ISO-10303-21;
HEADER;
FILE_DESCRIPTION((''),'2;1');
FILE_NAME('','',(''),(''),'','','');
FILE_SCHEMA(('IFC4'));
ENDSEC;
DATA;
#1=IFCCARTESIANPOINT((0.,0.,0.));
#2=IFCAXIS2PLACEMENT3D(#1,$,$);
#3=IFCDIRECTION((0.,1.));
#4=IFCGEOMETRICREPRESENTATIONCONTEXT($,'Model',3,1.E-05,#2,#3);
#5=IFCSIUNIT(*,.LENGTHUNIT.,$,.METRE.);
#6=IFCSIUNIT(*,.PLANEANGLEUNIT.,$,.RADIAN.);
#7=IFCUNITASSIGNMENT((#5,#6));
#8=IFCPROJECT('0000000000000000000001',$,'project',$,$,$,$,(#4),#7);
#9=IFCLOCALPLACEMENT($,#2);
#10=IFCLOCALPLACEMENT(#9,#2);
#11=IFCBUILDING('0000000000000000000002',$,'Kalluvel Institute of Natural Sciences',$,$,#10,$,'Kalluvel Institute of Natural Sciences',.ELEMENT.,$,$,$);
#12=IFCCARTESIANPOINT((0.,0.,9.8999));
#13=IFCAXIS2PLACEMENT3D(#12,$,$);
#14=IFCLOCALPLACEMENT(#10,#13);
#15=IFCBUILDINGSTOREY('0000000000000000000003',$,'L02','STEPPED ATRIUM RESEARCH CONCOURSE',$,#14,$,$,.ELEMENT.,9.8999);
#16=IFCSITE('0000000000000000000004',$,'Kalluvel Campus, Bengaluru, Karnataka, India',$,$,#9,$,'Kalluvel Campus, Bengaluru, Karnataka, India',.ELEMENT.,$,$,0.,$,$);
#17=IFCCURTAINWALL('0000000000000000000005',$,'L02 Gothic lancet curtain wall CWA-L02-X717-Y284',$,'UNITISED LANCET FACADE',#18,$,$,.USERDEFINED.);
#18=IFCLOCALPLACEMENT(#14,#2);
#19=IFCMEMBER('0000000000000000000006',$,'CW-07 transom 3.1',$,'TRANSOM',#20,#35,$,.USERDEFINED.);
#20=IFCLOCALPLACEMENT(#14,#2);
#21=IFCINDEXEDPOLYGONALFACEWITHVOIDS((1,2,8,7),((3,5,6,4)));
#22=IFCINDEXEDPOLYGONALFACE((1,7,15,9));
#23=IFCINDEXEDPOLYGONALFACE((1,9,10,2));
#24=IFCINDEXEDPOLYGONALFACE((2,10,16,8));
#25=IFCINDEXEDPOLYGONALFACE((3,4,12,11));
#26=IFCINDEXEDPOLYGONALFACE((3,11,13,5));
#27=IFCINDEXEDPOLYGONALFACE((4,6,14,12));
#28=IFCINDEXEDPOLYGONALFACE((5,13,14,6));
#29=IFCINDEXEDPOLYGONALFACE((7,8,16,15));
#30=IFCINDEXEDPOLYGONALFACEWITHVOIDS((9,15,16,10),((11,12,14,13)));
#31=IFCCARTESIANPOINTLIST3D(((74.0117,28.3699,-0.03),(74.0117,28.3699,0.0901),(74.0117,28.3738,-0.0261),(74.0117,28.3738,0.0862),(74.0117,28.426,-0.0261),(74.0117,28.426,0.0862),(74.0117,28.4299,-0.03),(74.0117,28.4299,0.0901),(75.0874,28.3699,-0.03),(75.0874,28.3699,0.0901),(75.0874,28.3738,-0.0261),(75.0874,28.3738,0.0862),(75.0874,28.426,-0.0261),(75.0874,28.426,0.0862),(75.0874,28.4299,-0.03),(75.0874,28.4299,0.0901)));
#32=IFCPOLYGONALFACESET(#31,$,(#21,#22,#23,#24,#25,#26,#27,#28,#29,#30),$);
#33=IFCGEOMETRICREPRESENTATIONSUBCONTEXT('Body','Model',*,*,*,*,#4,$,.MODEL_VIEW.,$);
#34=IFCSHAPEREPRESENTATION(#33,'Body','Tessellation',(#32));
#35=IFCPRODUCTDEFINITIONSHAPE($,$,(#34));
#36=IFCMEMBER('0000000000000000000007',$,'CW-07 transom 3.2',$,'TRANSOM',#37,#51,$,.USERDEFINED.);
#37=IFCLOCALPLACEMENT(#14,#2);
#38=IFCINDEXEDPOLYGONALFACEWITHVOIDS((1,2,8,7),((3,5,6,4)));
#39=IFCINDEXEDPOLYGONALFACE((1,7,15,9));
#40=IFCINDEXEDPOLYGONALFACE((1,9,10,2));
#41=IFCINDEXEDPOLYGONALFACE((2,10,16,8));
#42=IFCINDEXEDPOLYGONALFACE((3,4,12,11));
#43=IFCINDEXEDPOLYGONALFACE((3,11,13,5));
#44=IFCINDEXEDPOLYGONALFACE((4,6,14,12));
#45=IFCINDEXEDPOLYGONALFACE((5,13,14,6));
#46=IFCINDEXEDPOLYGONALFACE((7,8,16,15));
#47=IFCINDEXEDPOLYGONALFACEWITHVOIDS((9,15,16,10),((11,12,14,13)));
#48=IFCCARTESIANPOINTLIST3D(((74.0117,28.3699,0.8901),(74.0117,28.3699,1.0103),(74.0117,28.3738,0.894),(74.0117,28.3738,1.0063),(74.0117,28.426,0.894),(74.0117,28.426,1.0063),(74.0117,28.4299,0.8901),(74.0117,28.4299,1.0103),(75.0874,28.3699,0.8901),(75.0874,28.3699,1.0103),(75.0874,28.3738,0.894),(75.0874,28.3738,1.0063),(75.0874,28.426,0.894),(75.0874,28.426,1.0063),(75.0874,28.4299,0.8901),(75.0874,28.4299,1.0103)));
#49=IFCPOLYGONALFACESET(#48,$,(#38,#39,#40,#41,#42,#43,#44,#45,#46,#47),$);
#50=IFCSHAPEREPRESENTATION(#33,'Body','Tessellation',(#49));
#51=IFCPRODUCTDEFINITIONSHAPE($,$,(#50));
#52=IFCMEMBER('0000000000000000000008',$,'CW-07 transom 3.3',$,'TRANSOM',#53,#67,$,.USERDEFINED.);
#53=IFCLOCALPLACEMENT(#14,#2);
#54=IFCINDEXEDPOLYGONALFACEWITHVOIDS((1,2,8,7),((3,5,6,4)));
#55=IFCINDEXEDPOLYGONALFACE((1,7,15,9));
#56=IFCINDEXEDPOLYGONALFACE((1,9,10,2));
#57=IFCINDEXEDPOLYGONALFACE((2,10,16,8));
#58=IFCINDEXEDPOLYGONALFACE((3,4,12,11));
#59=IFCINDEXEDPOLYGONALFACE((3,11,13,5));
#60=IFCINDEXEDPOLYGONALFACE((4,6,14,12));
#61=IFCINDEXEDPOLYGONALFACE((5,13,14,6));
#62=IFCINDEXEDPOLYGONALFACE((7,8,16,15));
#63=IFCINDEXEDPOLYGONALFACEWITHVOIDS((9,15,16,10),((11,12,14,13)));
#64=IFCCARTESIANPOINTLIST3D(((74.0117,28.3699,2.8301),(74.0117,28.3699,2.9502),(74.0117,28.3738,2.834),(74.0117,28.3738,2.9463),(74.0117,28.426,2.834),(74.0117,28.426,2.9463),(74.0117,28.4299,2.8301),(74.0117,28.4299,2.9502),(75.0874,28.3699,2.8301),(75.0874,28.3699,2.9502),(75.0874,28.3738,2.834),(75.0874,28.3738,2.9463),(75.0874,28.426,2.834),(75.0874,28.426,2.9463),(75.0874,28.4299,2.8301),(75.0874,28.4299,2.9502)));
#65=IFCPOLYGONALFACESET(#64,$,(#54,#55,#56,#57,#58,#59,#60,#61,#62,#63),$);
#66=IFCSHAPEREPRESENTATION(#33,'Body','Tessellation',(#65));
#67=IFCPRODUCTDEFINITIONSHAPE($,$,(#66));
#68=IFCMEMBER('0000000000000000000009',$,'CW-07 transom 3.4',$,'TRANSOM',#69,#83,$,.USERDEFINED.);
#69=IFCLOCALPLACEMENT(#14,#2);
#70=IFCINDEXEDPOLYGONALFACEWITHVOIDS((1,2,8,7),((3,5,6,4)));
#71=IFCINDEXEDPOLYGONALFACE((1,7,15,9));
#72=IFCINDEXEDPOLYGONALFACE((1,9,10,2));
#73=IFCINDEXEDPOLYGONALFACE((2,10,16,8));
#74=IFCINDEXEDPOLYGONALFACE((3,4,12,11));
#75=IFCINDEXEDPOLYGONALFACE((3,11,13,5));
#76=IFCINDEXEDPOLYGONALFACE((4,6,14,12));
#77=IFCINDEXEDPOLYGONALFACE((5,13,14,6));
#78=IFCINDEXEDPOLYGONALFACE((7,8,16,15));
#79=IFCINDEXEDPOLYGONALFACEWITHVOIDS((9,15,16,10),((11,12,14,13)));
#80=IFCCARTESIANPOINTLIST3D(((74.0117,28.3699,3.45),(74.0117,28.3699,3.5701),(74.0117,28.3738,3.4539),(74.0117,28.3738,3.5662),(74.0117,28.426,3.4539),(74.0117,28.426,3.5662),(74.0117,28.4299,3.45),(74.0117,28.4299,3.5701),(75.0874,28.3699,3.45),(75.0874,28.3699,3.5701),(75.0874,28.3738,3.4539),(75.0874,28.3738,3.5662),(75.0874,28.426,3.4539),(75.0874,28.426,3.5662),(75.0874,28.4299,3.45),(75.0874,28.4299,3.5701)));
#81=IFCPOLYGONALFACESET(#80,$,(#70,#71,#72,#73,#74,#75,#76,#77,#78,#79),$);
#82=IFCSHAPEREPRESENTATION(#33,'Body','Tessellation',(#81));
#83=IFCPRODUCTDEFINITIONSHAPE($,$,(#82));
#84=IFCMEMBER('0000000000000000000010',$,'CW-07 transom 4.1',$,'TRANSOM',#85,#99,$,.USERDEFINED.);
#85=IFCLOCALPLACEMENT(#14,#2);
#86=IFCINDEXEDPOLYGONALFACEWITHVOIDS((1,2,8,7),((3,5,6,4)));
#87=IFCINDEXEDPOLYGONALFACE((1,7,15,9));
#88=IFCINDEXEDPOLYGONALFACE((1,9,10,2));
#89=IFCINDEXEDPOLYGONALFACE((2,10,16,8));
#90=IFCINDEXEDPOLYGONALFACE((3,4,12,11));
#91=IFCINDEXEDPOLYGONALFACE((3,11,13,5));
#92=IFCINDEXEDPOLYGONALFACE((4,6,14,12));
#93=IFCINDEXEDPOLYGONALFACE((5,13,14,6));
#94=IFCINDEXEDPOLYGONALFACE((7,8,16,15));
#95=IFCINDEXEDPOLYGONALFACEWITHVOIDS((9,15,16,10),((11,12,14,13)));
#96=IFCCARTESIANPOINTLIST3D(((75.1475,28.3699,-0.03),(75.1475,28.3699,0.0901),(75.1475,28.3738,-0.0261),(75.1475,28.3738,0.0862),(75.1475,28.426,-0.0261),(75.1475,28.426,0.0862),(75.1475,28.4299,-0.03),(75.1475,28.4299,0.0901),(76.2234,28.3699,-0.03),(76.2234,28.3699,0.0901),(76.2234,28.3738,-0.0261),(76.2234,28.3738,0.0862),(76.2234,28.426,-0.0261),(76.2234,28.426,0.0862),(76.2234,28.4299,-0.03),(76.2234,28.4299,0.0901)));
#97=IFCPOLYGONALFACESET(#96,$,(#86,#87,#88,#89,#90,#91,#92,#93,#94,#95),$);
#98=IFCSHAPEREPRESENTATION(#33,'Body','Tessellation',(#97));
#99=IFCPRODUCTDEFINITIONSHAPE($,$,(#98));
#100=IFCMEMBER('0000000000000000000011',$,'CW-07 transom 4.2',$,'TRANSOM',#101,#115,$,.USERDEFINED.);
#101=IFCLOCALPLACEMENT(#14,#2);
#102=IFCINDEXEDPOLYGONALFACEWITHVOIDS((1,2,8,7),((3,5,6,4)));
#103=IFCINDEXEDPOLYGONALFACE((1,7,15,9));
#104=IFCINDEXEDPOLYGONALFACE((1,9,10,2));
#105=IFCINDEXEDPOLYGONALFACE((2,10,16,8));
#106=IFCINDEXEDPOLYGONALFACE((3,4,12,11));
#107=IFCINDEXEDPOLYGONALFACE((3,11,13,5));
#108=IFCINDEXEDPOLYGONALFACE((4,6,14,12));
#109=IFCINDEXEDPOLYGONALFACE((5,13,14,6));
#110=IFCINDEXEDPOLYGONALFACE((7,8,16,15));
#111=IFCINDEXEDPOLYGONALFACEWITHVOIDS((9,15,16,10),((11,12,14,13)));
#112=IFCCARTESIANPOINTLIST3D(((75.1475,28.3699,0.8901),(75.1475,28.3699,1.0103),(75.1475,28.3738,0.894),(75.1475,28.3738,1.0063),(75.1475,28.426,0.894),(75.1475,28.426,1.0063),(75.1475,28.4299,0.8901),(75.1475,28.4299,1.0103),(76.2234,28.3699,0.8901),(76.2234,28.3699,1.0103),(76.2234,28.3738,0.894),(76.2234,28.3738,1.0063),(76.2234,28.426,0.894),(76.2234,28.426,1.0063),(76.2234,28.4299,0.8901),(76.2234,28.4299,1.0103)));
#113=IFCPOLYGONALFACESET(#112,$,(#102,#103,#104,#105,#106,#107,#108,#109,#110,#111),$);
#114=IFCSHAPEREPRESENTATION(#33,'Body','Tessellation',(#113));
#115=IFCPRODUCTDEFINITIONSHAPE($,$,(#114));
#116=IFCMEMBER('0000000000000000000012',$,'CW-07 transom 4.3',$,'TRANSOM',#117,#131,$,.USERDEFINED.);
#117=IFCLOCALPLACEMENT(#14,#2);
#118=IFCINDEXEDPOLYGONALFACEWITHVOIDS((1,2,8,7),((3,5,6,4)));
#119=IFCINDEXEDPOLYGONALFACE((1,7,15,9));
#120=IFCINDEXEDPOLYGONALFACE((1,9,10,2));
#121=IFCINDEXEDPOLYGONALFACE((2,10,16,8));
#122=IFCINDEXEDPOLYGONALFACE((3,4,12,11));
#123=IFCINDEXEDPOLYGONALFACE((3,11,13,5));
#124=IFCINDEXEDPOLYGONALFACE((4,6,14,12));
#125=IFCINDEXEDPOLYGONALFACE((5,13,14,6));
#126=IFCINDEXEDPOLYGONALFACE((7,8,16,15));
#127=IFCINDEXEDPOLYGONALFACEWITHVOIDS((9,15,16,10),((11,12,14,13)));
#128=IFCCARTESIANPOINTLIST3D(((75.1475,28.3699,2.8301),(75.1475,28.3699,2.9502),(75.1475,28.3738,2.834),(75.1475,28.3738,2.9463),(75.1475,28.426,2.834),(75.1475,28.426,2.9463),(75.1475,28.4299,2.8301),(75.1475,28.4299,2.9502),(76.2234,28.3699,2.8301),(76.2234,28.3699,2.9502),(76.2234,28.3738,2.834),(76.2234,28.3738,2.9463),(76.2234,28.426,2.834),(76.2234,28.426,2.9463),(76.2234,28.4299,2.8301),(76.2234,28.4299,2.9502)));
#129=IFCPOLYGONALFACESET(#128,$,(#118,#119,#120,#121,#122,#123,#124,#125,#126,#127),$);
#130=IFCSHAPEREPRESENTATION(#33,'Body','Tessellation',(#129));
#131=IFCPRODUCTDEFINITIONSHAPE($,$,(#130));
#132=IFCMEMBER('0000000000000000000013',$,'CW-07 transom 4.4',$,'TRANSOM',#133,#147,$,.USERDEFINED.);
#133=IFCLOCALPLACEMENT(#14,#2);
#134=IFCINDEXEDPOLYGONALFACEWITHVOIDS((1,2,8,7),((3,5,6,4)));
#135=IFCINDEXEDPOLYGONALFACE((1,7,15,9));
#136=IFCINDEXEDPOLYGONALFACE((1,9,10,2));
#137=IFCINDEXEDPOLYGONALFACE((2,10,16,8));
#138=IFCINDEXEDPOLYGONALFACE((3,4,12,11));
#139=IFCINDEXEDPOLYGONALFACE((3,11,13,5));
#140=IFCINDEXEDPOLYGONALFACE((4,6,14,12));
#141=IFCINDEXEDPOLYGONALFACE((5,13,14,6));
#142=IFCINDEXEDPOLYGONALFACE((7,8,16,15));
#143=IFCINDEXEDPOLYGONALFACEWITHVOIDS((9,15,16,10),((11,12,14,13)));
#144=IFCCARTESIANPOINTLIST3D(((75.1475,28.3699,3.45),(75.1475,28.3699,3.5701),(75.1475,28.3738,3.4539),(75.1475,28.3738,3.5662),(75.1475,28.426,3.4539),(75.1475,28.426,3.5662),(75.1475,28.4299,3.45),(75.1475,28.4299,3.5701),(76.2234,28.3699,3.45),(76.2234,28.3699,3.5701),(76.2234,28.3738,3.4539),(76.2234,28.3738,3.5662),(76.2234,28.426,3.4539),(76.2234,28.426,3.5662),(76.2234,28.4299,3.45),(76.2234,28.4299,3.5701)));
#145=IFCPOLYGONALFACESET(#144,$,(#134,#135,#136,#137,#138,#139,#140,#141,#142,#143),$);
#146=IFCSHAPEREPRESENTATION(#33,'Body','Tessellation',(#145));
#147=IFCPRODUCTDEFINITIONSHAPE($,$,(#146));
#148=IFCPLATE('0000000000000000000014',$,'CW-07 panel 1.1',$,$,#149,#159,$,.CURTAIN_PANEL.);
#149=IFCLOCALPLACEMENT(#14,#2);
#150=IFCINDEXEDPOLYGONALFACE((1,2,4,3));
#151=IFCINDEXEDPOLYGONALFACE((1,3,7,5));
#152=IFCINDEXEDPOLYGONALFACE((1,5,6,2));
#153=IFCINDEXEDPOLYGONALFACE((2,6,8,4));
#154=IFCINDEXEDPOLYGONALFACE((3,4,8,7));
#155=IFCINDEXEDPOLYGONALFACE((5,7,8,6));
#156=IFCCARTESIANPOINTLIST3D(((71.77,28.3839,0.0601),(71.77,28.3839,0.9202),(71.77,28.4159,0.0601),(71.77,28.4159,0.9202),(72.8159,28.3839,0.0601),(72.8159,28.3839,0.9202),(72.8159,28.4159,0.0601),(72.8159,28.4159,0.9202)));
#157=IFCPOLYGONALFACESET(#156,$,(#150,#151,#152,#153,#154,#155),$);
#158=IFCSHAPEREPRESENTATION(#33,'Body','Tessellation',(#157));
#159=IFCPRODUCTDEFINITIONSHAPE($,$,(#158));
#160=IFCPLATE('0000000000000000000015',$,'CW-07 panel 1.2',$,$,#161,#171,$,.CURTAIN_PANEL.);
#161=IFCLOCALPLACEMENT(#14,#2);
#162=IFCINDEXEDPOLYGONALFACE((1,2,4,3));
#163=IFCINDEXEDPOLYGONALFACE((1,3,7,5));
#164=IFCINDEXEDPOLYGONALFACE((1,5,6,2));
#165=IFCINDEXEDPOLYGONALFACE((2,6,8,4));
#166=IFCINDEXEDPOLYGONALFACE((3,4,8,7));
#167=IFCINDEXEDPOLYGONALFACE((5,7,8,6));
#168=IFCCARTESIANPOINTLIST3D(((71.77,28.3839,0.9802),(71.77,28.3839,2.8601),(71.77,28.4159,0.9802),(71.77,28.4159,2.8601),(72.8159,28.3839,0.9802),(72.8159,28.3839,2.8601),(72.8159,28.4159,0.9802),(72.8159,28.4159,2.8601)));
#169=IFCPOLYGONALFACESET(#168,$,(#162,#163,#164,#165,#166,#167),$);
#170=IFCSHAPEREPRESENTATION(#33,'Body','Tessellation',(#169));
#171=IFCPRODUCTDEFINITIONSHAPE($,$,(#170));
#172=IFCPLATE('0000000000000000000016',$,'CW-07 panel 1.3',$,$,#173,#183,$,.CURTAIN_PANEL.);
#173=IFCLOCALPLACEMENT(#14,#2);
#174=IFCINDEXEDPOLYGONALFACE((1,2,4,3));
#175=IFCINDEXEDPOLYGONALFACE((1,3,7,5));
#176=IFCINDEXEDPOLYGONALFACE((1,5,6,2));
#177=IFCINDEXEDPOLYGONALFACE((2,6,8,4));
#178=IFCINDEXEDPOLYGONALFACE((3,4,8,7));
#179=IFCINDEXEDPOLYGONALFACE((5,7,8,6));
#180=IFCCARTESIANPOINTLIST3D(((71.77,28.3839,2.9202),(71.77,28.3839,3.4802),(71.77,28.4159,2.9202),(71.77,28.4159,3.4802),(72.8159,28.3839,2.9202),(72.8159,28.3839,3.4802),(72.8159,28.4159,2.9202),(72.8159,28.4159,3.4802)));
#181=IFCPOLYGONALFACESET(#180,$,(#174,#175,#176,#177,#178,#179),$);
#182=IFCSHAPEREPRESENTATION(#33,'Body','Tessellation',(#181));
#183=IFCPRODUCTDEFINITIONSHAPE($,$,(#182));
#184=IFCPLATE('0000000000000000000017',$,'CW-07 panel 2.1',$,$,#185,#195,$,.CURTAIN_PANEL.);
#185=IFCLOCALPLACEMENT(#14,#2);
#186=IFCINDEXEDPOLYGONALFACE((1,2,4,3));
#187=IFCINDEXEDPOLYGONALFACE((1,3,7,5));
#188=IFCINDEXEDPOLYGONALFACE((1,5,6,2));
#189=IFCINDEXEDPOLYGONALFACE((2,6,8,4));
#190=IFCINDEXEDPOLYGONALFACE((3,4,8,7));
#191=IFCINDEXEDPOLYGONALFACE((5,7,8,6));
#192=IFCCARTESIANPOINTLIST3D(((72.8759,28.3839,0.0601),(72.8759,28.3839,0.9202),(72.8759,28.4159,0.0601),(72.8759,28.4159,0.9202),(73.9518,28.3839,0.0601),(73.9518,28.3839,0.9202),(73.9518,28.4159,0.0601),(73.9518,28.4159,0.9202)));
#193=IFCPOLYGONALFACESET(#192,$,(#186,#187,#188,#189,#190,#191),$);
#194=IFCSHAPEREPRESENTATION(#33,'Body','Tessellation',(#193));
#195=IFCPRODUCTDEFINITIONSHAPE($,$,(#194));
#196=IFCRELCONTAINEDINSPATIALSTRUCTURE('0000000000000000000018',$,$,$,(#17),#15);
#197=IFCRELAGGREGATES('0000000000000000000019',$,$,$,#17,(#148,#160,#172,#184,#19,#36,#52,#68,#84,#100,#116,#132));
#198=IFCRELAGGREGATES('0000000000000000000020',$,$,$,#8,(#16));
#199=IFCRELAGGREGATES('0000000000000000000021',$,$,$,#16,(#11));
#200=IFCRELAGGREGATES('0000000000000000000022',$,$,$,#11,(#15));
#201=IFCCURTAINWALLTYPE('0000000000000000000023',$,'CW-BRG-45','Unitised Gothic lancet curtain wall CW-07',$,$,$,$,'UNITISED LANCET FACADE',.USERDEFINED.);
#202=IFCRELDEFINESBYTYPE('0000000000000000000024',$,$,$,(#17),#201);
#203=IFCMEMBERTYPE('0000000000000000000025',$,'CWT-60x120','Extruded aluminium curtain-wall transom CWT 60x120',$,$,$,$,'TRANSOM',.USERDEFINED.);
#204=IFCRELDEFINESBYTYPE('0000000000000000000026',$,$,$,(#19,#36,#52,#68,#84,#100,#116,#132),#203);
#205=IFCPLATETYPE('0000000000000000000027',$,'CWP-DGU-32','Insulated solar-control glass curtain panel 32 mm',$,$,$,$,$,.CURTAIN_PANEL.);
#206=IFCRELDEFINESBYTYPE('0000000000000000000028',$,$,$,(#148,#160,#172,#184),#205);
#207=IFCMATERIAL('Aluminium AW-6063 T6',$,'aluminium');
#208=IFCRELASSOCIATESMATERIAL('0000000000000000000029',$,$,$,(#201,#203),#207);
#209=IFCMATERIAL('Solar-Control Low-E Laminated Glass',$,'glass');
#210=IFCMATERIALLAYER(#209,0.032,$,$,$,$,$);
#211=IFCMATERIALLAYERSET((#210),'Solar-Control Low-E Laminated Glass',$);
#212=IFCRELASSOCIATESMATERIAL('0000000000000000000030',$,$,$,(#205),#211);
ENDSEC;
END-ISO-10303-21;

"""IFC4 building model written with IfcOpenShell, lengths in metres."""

from ifc_helpers import new_model, si_unit, direction, frame, origin, origin_2d, place, context, subcontext, project, spatial, rectangle, hollow_rectangle, extrude, material, layer, layer_set, material_profile, profile_set, type_object, element, aggregate, save


model = new_model("IFC4")

# Units and contexts
model_context = context("Model", 3, precision=1e-05, world=origin(), true_north=direction((0.0, 1.0)))
body_context = subcontext(model_context, "Body", "Model", "MODEL_VIEW")
ifc_project = project(units=[si_unit("LENGTHUNIT", "METRE"), si_unit("PLANEANGLEUNIT", "RADIAN")], contexts=[model_context])

# Site, building, storey
site_placement = place(None, origin())
site = spatial("IfcSite", under=ifc_project, at=site_placement, Name="Kalluvel Campus, Bengaluru, Karnataka, India", LongName="Kalluvel Campus, Bengaluru, Karnataka, India", CompositionType="ELEMENT", RefElevation=0.0)
building_placement = place(site_placement, origin())
building = spatial("IfcBuilding", under=site, at=building_placement, Name="Kalluvel Institute of Natural Sciences", LongName="Kalluvel Institute of Natural Sciences", CompositionType="ELEMENT")
storey_placement = place(building_placement, frame((0.0, 0.0, 9.8999)))
storey = spatial("IfcBuildingStorey", under=building, at=storey_placement, Name="L02", Description="STEPPED ATRIUM RESEARCH CONCOURSE", CompositionType="ELEMENT", Elevation=9.8999)

# Curtain wall, members, plates
ifc_material_1 = material(Name="Aluminium AW-6063 T6", Category="aluminium")
curtain_wall_type = type_object("IfcCurtainWallType", Name="CW-BRG-45", Description="Unitised Gothic lancet curtain wall CW-07", ElementType="UNITISED LANCET FACADE", PredefinedType="USERDEFINED", material=ifc_material_1)
curtain_wall_placement = place(storey_placement, origin())
curtain_wall = element("IfcCurtainWall", 1, at=curtain_wall_placement, inside=storey, type_object=curtain_wall_type, Name="L02 Gothic lancet curtain wall CWA-L02-X717-Y284", ObjectType="UNITISED LANCET FACADE", PredefinedType="USERDEFINED")
ifc_material_profile_1 = material_profile(ifc_material_1, hollow_rectangle(XDim=0.0601, YDim=0.1201, WallThickness=0.0039, at=origin_2d()), Name="CWT 60x120")
ifc_profile_set_1 = profile_set([ifc_material_profile_1], Name="Aluminium AW-6063 T6")
member_type_1 = type_object("IfcMemberType", Name="CWT-60x120", Description="Extruded aluminium curtain-wall transom CWT 60x120", ElementType="TRANSOM", PredefinedType="USERDEFINED", material=ifc_profile_set_1)
member_1_placement = place(storey_placement, frame((74.0117, 28.3999, 0.03), z_axis=(1.0, 0.0, 0.0), x_axis=(0.0, 1.0, 0.0)))
member_1 = element("IfcMember", 2, at=member_1_placement, type_object=member_type_1, Name="CW-07 transom 3.1", ObjectType="TRANSOM", PredefinedType="USERDEFINED", context=body_context, shape_type="SweptSolid", body=[
    extrude(hollow_rectangle(XDim=0.0601, YDim=0.1201, WallThickness=0.0039, at=origin_2d()), origin(), (0.0, 0.0, 1.0), 1.0757),
])
member_2_placement = place(storey_placement, frame((74.0117, 28.3999, 0.9502), z_axis=(1.0, 0.0, 0.0), x_axis=(0.0, 1.0, 0.0)))
member_2 = element("IfcMember", 3, at=member_2_placement, type_object=member_type_1, Name="CW-07 transom 3.2", ObjectType="TRANSOM", PredefinedType="USERDEFINED", context=body_context, shape_type="SweptSolid", body=[
    extrude(hollow_rectangle(XDim=0.0601, YDim=0.1201, WallThickness=0.0039, at=origin_2d()), origin(), (0.0, 0.0, 1.0), 1.0757),
])
member_3_placement = place(storey_placement, frame((74.0117, 28.3999, 2.8901), z_axis=(1.0, 0.0, 0.0), x_axis=(0.0, 1.0, 0.0)))
member_3 = element("IfcMember", 4, at=member_3_placement, type_object=member_type_1, Name="CW-07 transom 3.3", ObjectType="TRANSOM", PredefinedType="USERDEFINED", context=body_context, shape_type="SweptSolid", body=[
    extrude(hollow_rectangle(XDim=0.0601, YDim=0.1201, WallThickness=0.0039, at=origin_2d()), origin(), (0.0, 0.0, 1.0), 1.0757),
])
member_4_placement = place(storey_placement, frame((74.0117, 28.3999, 3.51), z_axis=(1.0, 0.0, 0.0), x_axis=(0.0, 1.0, 0.0)))
member_4 = element("IfcMember", 5, at=member_4_placement, type_object=member_type_1, Name="CW-07 transom 3.4", ObjectType="TRANSOM", PredefinedType="USERDEFINED", context=body_context, shape_type="SweptSolid", body=[
    extrude(hollow_rectangle(XDim=0.0601, YDim=0.1201, WallThickness=0.0039, at=origin_2d()), origin(), (0.0, 0.0, 1.0), 1.0757),
])
member_5_placement = place(storey_placement, frame((75.1475, 28.3999, 0.03), z_axis=(1.0, 0.0, 0.0), x_axis=(0.0, 1.0, 0.0)))
member_5 = element("IfcMember", 6, at=member_5_placement, type_object=member_type_1, Name="CW-07 transom 4.1", ObjectType="TRANSOM", PredefinedType="USERDEFINED", context=body_context, shape_type="SweptSolid", body=[
    extrude(hollow_rectangle(XDim=0.0601, YDim=0.1201, WallThickness=0.0039, at=origin_2d()), origin(), (0.0, 0.0, 1.0), 1.0759),
])
member_6_placement = place(storey_placement, frame((75.1475, 28.3999, 0.9502), z_axis=(1.0, 0.0, 0.0), x_axis=(0.0, 1.0, 0.0)))
member_6 = element("IfcMember", 7, at=member_6_placement, type_object=member_type_1, Name="CW-07 transom 4.2", ObjectType="TRANSOM", PredefinedType="USERDEFINED", context=body_context, shape_type="SweptSolid", body=[
    extrude(hollow_rectangle(XDim=0.0601, YDim=0.1201, WallThickness=0.0039, at=origin_2d()), origin(), (0.0, 0.0, 1.0), 1.0759),
])
member_7_placement = place(storey_placement, frame((75.1475, 28.3999, 2.8901), z_axis=(1.0, 0.0, 0.0), x_axis=(0.0, 1.0, 0.0)))
member_7 = element("IfcMember", 8, at=member_7_placement, type_object=member_type_1, Name="CW-07 transom 4.3", ObjectType="TRANSOM", PredefinedType="USERDEFINED", context=body_context, shape_type="SweptSolid", body=[
    extrude(hollow_rectangle(XDim=0.0601, YDim=0.1201, WallThickness=0.0039, at=origin_2d()), origin(), (0.0, 0.0, 1.0), 1.0759),
])
member_8_placement = place(storey_placement, frame((75.1475, 28.3999, 3.51), z_axis=(1.0, 0.0, 0.0), x_axis=(0.0, 1.0, 0.0)))
member_8 = element("IfcMember", 9, at=member_8_placement, type_object=member_type_1, Name="CW-07 transom 4.4", ObjectType="TRANSOM", PredefinedType="USERDEFINED", context=body_context, shape_type="SweptSolid", body=[
    extrude(hollow_rectangle(XDim=0.0601, YDim=0.1201, WallThickness=0.0039, at=origin_2d()), origin(), (0.0, 0.0, 1.0), 1.0759),
])
ifc_material_2 = material(Name="Solar-Control Low-E Laminated Glass", Category="glass")
ifc_layer = layer(ifc_material_2, 0.032)
ifc_layer_set = layer_set([ifc_layer], Name="Solar-Control Low-E Laminated Glass")
plate_type = type_object("IfcPlateType", Name="CWP-DGU-32", Description="Insulated solar-control glass curtain panel 32 mm", PredefinedType="CURTAIN_PANEL", material=ifc_layer_set)
plate_1_placement = place(storey_placement, frame((72.293, 28.3999, 0.0601), z_axis=(0.0, 0.0, 1.0), x_axis=(1.0, 0.0, 0.0)))
plate_1 = element("IfcPlate", 10, at=plate_1_placement, type_object=plate_type, Name="CW-07 panel 1.1", PredefinedType="CURTAIN_PANEL", context=body_context, shape_type="SweptSolid", body=[
    extrude(rectangle(XDim=1.0459, YDim=0.032, at=origin_2d()), origin(), (0.0, 0.0, 1.0), 0.8601),
])
plate_2_placement = place(storey_placement, frame((72.293, 28.3999, 0.9802), z_axis=(0.0, 0.0, 1.0), x_axis=(1.0, 0.0, 0.0)))
plate_2 = element("IfcPlate", 11, at=plate_2_placement, type_object=plate_type, Name="CW-07 panel 1.2", PredefinedType="CURTAIN_PANEL", context=body_context, shape_type="SweptSolid", body=[
    extrude(rectangle(XDim=1.0459, YDim=0.032, at=origin_2d()), origin(), (0.0, 0.0, 1.0), 1.8799),
])
plate_3_placement = place(storey_placement, frame((72.293, 28.3999, 2.9202), z_axis=(0.0, 0.0, 1.0), x_axis=(1.0, 0.0, 0.0)))
plate_3 = element("IfcPlate", 12, at=plate_3_placement, type_object=plate_type, Name="CW-07 panel 1.3", PredefinedType="CURTAIN_PANEL", context=body_context, shape_type="SweptSolid", body=[
    extrude(rectangle(XDim=1.0459, YDim=0.032, at=origin_2d()), origin(), (0.0, 0.0, 1.0), 0.5601),
])
plate_4_placement = place(storey_placement, frame((73.4138, 28.3999, 0.0601), z_axis=(0.0, 0.0, 1.0), x_axis=(1.0, 0.0, 0.0)))
plate_4 = element("IfcPlate", 13, at=plate_4_placement, type_object=plate_type, Name="CW-07 panel 2.1", PredefinedType="CURTAIN_PANEL", context=body_context, shape_type="SweptSolid", body=[
    extrude(rectangle(XDim=1.0759, YDim=0.032, at=origin_2d()), origin(), (0.0, 0.0, 1.0), 0.8601),
])
aggregate(curtain_wall, [plate_1, plate_2, plate_3, plate_4, member_1, member_2, member_3, member_4, member_5, member_6, member_7, member_8])

save(model, "model.ifc")
